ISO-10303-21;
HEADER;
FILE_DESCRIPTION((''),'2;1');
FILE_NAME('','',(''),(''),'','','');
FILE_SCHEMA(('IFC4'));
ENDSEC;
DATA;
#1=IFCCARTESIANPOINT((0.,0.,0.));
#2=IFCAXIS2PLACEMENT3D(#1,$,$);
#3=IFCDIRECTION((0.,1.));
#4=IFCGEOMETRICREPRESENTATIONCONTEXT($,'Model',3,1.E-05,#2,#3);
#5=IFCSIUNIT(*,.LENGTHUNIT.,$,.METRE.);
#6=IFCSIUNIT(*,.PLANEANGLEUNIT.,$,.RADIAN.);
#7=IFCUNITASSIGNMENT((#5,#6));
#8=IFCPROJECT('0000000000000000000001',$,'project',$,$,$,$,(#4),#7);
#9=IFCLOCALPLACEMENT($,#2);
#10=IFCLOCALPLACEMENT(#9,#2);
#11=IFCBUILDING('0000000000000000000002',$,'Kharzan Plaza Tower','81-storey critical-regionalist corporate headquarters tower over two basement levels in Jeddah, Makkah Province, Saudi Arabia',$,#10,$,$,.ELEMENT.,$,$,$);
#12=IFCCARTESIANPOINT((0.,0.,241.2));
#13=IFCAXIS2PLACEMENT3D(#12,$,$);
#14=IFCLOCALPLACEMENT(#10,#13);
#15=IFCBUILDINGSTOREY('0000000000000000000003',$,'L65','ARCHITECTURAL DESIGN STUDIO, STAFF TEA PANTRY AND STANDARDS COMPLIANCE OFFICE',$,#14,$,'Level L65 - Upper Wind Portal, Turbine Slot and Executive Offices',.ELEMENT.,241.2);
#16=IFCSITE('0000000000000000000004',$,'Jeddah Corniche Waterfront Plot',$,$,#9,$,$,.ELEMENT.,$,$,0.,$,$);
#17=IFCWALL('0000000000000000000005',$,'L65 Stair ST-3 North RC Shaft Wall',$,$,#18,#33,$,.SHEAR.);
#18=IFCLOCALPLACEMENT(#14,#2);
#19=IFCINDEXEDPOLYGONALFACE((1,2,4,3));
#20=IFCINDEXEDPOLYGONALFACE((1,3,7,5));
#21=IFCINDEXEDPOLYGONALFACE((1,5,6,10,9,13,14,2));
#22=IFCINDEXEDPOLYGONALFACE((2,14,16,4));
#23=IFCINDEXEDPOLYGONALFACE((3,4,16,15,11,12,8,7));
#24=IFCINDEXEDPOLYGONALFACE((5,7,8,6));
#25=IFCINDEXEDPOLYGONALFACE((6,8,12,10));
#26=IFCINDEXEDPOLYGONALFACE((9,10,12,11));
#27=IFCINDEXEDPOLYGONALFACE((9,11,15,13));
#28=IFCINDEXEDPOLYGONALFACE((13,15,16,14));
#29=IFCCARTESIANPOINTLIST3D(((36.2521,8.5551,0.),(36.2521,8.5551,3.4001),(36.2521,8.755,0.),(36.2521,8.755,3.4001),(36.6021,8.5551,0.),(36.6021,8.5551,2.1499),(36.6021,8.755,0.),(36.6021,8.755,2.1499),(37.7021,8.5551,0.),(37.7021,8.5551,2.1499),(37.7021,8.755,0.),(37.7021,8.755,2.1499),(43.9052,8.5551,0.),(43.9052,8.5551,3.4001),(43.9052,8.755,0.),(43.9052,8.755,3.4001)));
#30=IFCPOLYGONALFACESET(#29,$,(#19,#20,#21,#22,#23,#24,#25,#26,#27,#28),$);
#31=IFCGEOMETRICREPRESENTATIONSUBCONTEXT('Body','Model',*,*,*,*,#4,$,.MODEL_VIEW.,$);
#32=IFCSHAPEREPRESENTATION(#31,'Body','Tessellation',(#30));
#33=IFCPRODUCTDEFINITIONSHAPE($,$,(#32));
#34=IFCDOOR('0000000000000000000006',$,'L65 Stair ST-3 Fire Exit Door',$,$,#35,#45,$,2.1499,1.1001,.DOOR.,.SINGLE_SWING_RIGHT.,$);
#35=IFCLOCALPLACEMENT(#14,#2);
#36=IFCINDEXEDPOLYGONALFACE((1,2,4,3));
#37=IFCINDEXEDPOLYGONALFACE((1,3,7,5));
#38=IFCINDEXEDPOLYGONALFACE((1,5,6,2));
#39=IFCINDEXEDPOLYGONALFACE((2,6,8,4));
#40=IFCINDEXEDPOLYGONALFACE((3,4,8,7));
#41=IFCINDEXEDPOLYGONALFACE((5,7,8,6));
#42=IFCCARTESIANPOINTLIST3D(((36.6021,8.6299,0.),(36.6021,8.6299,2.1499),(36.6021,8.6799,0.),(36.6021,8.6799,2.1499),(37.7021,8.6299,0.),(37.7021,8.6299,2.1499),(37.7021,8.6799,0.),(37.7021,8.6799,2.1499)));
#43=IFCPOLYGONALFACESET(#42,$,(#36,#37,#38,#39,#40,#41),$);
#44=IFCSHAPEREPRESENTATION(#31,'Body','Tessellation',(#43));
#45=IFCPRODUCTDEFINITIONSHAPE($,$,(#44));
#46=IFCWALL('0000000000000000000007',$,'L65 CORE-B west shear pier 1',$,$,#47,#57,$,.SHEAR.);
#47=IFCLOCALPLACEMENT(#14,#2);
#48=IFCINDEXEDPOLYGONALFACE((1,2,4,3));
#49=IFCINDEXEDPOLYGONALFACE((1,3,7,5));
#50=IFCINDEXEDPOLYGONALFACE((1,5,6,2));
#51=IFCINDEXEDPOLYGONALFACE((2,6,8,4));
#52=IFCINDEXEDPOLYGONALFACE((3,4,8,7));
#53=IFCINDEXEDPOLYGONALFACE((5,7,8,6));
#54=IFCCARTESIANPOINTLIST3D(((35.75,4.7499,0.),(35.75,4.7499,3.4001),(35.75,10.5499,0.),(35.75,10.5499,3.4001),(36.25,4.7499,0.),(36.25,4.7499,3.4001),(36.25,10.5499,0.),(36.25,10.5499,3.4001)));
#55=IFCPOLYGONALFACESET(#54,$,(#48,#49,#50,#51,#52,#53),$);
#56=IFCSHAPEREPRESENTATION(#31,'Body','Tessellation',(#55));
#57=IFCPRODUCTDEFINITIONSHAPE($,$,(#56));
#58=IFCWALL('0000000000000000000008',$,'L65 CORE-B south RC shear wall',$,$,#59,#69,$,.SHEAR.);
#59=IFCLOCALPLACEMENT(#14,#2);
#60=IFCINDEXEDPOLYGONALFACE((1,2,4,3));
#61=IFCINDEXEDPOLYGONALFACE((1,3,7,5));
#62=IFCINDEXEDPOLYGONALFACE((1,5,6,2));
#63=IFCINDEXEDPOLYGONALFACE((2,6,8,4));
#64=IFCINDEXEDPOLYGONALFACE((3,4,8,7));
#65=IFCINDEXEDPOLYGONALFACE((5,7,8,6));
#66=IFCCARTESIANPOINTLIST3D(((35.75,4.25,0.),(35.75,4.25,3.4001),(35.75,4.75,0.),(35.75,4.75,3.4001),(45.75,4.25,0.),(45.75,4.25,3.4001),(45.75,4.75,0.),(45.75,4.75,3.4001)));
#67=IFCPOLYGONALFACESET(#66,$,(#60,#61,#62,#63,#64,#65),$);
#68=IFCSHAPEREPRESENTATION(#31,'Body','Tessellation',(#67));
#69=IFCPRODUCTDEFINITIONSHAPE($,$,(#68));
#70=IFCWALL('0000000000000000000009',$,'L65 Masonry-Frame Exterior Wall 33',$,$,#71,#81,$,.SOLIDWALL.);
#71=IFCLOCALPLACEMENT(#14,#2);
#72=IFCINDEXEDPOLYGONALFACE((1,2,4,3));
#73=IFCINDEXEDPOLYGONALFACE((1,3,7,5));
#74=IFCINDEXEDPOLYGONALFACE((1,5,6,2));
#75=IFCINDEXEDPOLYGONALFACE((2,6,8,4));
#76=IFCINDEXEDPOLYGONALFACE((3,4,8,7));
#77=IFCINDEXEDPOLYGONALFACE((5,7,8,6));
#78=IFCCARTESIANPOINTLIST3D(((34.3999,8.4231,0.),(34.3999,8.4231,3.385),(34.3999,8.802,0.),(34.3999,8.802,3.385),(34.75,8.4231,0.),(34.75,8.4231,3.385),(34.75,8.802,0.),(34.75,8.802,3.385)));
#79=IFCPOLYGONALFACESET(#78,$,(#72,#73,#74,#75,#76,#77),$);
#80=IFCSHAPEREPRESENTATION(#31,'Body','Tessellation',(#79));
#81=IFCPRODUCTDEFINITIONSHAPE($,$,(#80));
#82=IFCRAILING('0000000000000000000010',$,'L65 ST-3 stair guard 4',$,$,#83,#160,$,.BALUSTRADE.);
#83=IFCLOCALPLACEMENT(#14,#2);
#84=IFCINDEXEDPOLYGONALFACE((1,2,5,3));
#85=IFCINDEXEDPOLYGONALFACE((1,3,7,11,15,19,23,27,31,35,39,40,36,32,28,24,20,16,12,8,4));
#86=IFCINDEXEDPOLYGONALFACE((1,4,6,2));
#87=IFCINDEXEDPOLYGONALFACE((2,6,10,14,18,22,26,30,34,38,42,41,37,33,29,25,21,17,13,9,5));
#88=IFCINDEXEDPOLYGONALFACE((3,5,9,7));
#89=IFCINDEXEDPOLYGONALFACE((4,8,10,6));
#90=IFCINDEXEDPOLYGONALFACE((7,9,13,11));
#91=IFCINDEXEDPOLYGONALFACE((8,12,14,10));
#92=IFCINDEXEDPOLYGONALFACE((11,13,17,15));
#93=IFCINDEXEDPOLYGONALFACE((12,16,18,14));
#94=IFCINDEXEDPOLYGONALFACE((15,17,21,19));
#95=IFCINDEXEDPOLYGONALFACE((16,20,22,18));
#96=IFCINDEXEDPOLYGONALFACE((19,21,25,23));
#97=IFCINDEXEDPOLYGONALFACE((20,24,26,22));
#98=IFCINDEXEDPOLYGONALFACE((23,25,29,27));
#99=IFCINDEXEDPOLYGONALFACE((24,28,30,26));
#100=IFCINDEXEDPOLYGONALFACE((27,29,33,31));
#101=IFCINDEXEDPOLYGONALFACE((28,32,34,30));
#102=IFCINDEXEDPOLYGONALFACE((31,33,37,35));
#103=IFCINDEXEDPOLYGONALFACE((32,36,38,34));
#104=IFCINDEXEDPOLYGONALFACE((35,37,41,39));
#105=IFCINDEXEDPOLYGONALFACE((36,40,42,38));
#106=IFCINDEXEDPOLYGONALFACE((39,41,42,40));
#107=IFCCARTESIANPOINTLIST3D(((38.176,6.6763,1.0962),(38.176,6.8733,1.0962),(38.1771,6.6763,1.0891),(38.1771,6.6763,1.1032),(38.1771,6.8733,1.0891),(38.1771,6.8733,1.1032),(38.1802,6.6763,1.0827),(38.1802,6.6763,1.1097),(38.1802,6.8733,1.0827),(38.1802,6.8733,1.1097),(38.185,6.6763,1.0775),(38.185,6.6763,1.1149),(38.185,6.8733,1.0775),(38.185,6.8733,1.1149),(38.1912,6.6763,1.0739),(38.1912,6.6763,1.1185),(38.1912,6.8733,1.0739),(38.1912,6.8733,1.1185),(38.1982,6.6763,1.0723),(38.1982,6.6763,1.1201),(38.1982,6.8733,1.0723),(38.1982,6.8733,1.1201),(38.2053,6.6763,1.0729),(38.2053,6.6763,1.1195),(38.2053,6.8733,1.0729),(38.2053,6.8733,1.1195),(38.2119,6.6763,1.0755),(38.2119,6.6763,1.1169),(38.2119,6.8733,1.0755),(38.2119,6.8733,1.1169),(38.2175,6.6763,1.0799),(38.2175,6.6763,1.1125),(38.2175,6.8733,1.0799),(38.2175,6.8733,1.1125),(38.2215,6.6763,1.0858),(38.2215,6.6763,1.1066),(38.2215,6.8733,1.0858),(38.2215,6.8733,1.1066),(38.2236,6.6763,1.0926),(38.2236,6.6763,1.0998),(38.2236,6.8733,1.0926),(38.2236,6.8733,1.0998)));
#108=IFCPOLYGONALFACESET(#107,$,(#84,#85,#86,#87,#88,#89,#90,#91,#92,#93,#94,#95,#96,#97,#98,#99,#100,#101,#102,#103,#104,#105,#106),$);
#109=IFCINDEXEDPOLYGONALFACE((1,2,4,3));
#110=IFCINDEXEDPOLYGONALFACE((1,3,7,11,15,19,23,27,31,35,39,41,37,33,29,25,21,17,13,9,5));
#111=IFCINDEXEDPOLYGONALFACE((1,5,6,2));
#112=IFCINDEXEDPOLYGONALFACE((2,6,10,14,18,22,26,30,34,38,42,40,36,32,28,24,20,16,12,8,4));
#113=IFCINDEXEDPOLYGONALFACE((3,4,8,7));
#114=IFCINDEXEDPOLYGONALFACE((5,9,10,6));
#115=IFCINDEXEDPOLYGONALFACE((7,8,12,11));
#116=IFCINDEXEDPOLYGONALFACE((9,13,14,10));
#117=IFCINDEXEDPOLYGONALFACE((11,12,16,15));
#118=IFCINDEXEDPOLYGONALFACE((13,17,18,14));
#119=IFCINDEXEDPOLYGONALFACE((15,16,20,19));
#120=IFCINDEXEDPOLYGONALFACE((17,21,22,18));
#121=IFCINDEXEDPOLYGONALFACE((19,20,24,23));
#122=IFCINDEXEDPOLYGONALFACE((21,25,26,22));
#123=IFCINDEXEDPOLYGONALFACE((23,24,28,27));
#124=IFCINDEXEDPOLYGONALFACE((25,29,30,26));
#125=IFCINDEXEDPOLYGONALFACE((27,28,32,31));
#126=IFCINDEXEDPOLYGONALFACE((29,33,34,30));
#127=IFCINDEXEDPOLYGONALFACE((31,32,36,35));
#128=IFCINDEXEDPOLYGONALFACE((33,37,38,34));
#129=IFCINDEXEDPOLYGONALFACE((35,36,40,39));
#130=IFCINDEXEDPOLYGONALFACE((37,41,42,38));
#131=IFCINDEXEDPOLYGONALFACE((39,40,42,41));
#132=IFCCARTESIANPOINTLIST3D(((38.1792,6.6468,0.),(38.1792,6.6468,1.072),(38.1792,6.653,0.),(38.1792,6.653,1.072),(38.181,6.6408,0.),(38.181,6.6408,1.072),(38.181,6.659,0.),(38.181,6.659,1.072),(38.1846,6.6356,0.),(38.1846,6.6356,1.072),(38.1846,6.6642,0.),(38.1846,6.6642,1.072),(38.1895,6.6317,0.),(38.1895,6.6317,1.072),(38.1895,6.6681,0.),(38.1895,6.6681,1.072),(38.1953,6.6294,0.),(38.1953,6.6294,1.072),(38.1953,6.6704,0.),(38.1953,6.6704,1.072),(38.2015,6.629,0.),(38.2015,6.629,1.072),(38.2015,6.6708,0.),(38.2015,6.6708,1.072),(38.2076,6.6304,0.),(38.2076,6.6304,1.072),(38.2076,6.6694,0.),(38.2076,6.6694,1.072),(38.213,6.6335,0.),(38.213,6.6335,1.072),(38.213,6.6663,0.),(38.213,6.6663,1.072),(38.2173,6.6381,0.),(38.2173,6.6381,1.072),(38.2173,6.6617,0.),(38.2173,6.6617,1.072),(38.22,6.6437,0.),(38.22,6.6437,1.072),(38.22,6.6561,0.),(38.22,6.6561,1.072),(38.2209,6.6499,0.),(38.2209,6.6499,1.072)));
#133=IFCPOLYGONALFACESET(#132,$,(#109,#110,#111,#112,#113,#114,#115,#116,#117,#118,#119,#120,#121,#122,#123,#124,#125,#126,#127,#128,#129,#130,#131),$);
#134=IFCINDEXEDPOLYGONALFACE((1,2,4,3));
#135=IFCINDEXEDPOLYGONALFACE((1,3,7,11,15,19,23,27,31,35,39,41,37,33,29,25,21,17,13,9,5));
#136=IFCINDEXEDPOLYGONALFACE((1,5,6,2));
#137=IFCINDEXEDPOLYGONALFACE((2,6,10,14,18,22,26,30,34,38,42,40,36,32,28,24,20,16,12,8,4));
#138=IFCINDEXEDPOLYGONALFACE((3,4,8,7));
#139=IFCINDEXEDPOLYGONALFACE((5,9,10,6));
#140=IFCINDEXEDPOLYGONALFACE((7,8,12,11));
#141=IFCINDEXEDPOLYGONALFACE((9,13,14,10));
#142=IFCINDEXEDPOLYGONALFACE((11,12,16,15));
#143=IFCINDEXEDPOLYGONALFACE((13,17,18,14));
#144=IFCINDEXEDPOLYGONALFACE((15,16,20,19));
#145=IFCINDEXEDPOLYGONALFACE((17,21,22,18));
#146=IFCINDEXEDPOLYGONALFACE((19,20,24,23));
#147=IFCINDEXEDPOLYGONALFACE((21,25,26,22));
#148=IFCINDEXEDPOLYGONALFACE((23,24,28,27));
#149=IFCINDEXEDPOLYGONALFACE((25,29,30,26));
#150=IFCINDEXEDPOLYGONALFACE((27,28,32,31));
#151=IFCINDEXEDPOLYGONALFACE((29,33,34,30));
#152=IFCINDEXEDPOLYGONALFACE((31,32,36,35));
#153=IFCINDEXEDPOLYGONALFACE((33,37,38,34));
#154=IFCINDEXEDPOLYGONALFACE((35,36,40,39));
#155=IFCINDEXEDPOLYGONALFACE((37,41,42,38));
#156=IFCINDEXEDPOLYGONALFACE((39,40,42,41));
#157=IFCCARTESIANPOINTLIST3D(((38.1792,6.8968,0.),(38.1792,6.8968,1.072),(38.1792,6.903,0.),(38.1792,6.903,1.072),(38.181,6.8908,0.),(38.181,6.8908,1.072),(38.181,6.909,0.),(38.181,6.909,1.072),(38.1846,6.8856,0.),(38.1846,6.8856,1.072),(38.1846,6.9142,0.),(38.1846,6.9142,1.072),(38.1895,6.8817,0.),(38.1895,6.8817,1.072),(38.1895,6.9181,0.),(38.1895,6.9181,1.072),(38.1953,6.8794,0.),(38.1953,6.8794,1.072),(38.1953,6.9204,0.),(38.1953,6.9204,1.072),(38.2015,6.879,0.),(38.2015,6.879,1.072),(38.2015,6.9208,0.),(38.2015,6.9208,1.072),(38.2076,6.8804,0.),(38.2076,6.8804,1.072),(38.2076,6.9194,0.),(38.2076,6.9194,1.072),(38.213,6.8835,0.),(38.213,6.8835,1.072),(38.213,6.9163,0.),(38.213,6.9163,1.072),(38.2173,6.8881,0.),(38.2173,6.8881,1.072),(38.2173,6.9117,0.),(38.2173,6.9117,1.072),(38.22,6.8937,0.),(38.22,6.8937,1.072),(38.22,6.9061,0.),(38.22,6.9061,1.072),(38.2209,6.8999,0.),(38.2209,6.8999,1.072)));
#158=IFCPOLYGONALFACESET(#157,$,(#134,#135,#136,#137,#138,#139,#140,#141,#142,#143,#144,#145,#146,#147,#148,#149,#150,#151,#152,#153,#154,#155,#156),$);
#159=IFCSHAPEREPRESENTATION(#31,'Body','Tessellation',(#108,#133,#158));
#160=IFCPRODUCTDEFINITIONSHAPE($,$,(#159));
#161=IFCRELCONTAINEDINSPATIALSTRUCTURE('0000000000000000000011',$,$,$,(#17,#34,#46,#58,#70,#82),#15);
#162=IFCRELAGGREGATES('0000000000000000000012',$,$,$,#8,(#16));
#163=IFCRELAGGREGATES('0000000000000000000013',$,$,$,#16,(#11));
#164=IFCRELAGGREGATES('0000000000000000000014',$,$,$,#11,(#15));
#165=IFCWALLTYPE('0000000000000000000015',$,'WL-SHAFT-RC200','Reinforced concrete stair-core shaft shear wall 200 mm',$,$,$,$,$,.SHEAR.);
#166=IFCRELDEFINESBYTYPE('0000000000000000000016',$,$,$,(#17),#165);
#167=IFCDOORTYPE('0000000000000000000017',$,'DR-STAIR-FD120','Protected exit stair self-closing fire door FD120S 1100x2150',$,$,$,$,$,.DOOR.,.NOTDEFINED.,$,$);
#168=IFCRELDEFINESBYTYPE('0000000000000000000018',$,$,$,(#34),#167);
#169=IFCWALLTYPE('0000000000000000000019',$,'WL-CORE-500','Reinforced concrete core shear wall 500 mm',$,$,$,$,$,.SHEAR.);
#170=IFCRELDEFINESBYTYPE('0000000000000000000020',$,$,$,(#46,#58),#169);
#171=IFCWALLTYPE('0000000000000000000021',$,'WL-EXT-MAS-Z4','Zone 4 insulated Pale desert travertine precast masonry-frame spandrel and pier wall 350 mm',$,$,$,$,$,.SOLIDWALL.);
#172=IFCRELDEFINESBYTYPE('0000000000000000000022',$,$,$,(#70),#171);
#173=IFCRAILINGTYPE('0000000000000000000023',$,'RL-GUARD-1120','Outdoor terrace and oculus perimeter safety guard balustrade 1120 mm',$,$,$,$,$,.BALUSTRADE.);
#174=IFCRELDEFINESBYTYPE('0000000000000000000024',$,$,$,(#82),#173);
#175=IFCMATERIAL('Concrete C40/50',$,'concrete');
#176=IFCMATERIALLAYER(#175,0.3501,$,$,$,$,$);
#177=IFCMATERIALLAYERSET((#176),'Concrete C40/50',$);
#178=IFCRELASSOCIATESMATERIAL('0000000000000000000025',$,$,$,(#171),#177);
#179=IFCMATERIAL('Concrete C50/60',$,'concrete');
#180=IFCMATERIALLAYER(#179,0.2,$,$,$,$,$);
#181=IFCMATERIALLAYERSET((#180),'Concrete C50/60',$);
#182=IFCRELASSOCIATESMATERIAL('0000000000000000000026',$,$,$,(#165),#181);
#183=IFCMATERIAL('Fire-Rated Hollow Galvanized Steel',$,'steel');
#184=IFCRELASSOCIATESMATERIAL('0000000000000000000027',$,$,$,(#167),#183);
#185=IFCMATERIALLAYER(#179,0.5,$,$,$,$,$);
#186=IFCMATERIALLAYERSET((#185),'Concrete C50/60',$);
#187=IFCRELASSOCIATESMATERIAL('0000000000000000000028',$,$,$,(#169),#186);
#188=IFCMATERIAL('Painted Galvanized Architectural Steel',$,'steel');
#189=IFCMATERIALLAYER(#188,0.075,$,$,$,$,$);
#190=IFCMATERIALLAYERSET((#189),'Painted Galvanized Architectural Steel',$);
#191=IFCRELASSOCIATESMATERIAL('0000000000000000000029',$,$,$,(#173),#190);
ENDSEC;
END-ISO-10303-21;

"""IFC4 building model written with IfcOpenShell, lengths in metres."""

from ifc_helpers import new_model, si_unit, direction, frame, frame_2d, origin, origin_2d, place, context, subcontext, project, spatial, rectangle, circle, extrude, source, transform, mapped, material, layer, layer_set, type_object, element, fill, save


model = new_model("IFC4")

# Units and contexts
model_context = context("Model", 3, precision=1e-05, world=origin(), true_north=direction((0.0, 1.0)))
body_context = subcontext(model_context, "Body", "Model", "MODEL_VIEW")
ifc_project = project(units=[si_unit("LENGTHUNIT", "METRE"), si_unit("PLANEANGLEUNIT", "RADIAN")], contexts=[model_context])

# Site, building, storey
site_placement = place(None, origin())
site = spatial("IfcSite", under=ifc_project, at=site_placement, Name="Jeddah Corniche Waterfront Plot", CompositionType="ELEMENT", RefElevation=0.0)
building_placement = place(site_placement, origin())
building = spatial("IfcBuilding", under=site, at=building_placement, Name="Kharzan Plaza Tower", Description="81-storey critical-regionalist corporate headquarters tower over two basement levels in Jeddah, Makkah Province, Saudi Arabia", CompositionType="ELEMENT")
storey_placement = place(building_placement, frame((0.0, 0.0, 241.2)))
storey = spatial("IfcBuildingStorey", under=building, at=storey_placement, Name="L65", Description="ARCHITECTURAL DESIGN STUDIO, STAFF TEA PANTRY AND STANDARDS COMPLIANCE OFFICE", LongName="Level L65 - Upper Wind Portal, Turbine Slot and Executive Offices", CompositionType="ELEMENT", Elevation=241.2)

# Shared definitions
ifc_material_1 = material(Name="Concrete C50/60", Category="concrete")

# Shared definitions
ifc_material_2 = material(Name="Concrete C40/50", Category="concrete")
ifc_layer_1 = layer(ifc_material_2, 0.3501)
ifc_layer_set_1 = layer_set([ifc_layer_1], Name="Concrete C40/50")
wall_type_1 = type_object("IfcWallType", Name="WL-EXT-MAS-Z4", Description="Zone 4 insulated Pale desert travertine precast masonry-frame spandrel and pier wall 350 mm", PredefinedType="SOLIDWALL", material=ifc_layer_set_1)

# Wall, opening, door
ifc_layer_2 = layer(ifc_material_1, 0.2)
ifc_layer_set_2 = layer_set([ifc_layer_2], Name="Concrete C50/60")
wall_type_2 = type_object("IfcWallType", Name="WL-SHAFT-RC200", Description="Reinforced concrete stair-core shaft shear wall 200 mm", PredefinedType="SHEAR", material=ifc_layer_set_2)
wall_1_placement = place(storey_placement, frame((36.252, 8.655, 0.0), z_axis=(0.0, 0.0, 1.0), x_axis=(1.0, 0.0, 0.0)))
wall_1 = element("IfcWall", 1, at=wall_1_placement, inside=storey, type_object=wall_type_2, Name="L65 Stair ST-3 North RC Shaft Wall", PredefinedType="SHEAR", context=body_context, shape_type="SweptSolid", body=[
    extrude(rectangle(XDim=7.6531, YDim=0.2, at=frame_2d((3.8267, 0.0))), origin(), (0.0, 0.0, 1.0), 3.4001),
])
opening_1_placement = place(wall_1_placement, frame((0.3501, 0.0, 0.0)))
opening_1 = element("IfcOpeningElement", 2, at=opening_1_placement, cuts=wall_1, PredefinedType="OPENING", context=body_context, shape_type="SweptSolid", body=[
    extrude(rectangle(XDim=1.1001, YDim=2.1499, at=frame_2d((0.55, 1.075))), frame((0.0, 0.1099, 0.0), z_axis=(0.0, -1.0, 0.0), x_axis=(1.0, 0.0, 0.0)), (0.0, 0.0, 1.0), 0.22),
])
ifc_material_3 = material(Name="Fire-Rated Hollow Galvanized Steel", Category="steel")
door_type = type_object("IfcDoorType", Name="DR-STAIR-FD120", Description="Protected exit stair self-closing fire door FD120S 1100x2150", OperationType="NOTDEFINED", PredefinedType="DOOR", material=ifc_material_3)
shared_shape_1 = source(origin(), body_context, "Body", "SweptSolid", [
    extrude(rectangle(XDim=1.1001, YDim=2.1499, at=frame_2d((0.55, 1.075))), frame((0.0, 0.0249, 0.0), z_axis=(0.0, -1.0, 0.0), x_axis=(1.0, 0.0, 0.0)), (0.0, 0.0, 1.0), 0.05),
])
door_placement = place(opening_1_placement, origin())
door = element("IfcDoor", 3, at=door_placement, inside=storey, type_object=door_type, Name="L65 Stair ST-3 Fire Exit Door", OperationType="SINGLE_SWING_RIGHT", OverallHeight=2.1499, OverallWidth=1.1001, PredefinedType="DOOR", context=body_context, shape_type="MappedRepresentation", body=[
    mapped(shared_shape_1, transform((0.0, 0.0, 0.0), x_axis=(1.0, 0.0, 0.0), y_axis=(0.0, 1.0, 0.0), z_axis=(0.0, 0.0, 1.0))),
])
fill(opening_1, door)

# Walls
ifc_layer_3 = layer(ifc_material_1, 0.5)
ifc_layer_set_3 = layer_set([ifc_layer_3], Name="Concrete C50/60")
wall_type_3 = type_object("IfcWallType", Name="WL-CORE-500", Description="Reinforced concrete core shear wall 500 mm", PredefinedType="SHEAR", material=ifc_layer_set_3)
shared_shape_2 = source(origin(), body_context, "Body", "SweptSolid", [
    extrude(rectangle(XDim=5.8, YDim=0.5, at=frame_2d((2.8999, 0.0))), origin(), (0.0, 0.0, 1.0), 3.4001),
])
wall_2_placement = place(storey_placement, frame((36.0, 4.75, 0.0), z_axis=(0.0, 0.0, 1.0), x_axis=(0.0, 1.0, 0.0)))
element("IfcWall", 4, at=wall_2_placement, inside=storey, type_object=wall_type_3, Name="L65 CORE-B west shear pier 1", PredefinedType="SHEAR", context=body_context, shape_type="MappedRepresentation", body=[
    mapped(shared_shape_2, transform((0.0, 0.0, 0.0), x_axis=(1.0, 0.0, 0.0), y_axis=(0.0, 1.0, 0.0), z_axis=(0.0, 0.0, 1.0))),
])
shared_shape_3 = source(origin(), body_context, "Body", "SweptSolid", [
    extrude(rectangle(XDim=10.0, YDim=0.5, at=frame_2d((5.0, 0.0))), origin(), (0.0, 0.0, 1.0), 3.4001),
])
wall_3_placement = place(storey_placement, frame((35.75, 4.5, 0.0), z_axis=(0.0, 0.0, 1.0), x_axis=(1.0, 0.0, 0.0)))
element("IfcWall", 5, at=wall_3_placement, inside=storey, type_object=wall_type_3, Name="L65 CORE-B south RC shear wall", PredefinedType="SHEAR", context=body_context, shape_type="MappedRepresentation", body=[
    mapped(shared_shape_3, transform((0.0, 0.0, 0.0), x_axis=(1.0, 0.0, 0.0), y_axis=(0.0, 1.0, 0.0), z_axis=(0.0, 0.0, 1.0))),
])
shared_shape_4 = source(origin(), body_context, "Body", "SweptSolid", [
    extrude(rectangle(XDim=0.3789, YDim=0.3501, at=frame_2d((0.1895, 0.0))), origin(), (0.0, 0.0, 1.0), 3.385),
])
wall_4_placement = place(storey_placement, frame((34.575, 8.802, 0.0), z_axis=(0.0, 0.0, 1.0), x_axis=(0.0, -1.0, 0.0)))
element("IfcWall", 6, at=wall_4_placement, inside=storey, type_object=wall_type_1, Name="L65 Masonry-Frame Exterior Wall 33", PredefinedType="SOLIDWALL", context=body_context, shape_type="MappedRepresentation", body=[
    mapped(shared_shape_4, transform((0.0, 0.0, 0.0), x_axis=(1.0, 0.0, 0.0), y_axis=(0.0, 1.0, 0.0), z_axis=(0.0, 0.0, 1.0))),
])

# Railing
ifc_material_4 = material(Name="Painted Galvanized Architectural Steel", Category="steel")
ifc_layer_4 = layer(ifc_material_4, 0.075)
ifc_layer_set_4 = layer_set([ifc_layer_4], Name="Painted Galvanized Architectural Steel")
railing_type = type_object("IfcRailingType", Name="RL-GUARD-1120", Description="Outdoor terrace and oculus perimeter safety guard balustrade 1120 mm", PredefinedType="BALUSTRADE", material=ifc_layer_set_4)
shared_shape_5 = source(origin(), body_context, "Body", "SweptSolid", [
    extrude(circle(Radius=0.0239, at=origin_2d()), frame((0.0, 0.0264, 1.0962), z_axis=(0.0, 1.0, 0.0), x_axis=(-1.0, 0.0, 0.0)), (0.0, 0.0, 1.0), 0.197),
    extrude(circle(Radius=0.021, at=origin_2d()), origin(), (0.0, 0.0, 1.0), 1.072),
    extrude(circle(Radius=0.021, at=origin_2d()), frame((0.0, 0.25, 0.0)), (0.0, 0.0, 1.0), 1.072),
])
railing_1_placement = place(storey_placement, frame((38.2, 6.6499, 0.0)))
element("IfcRailing", 7, at=railing_1_placement, inside=storey, type_object=railing_type, Name="L65 ST-3 stair guard 4", PredefinedType="BALUSTRADE", context=body_context, shape_type="MappedRepresentation", body=[
    mapped(shared_shape_5, transform((0.0, 0.0, 0.0), x_axis=(1.0, 0.0, 0.0), y_axis=(0.0, 1.0, 0.0), z_axis=(0.0, 0.0, 1.0))),
])

save(model, "model.ifc")
